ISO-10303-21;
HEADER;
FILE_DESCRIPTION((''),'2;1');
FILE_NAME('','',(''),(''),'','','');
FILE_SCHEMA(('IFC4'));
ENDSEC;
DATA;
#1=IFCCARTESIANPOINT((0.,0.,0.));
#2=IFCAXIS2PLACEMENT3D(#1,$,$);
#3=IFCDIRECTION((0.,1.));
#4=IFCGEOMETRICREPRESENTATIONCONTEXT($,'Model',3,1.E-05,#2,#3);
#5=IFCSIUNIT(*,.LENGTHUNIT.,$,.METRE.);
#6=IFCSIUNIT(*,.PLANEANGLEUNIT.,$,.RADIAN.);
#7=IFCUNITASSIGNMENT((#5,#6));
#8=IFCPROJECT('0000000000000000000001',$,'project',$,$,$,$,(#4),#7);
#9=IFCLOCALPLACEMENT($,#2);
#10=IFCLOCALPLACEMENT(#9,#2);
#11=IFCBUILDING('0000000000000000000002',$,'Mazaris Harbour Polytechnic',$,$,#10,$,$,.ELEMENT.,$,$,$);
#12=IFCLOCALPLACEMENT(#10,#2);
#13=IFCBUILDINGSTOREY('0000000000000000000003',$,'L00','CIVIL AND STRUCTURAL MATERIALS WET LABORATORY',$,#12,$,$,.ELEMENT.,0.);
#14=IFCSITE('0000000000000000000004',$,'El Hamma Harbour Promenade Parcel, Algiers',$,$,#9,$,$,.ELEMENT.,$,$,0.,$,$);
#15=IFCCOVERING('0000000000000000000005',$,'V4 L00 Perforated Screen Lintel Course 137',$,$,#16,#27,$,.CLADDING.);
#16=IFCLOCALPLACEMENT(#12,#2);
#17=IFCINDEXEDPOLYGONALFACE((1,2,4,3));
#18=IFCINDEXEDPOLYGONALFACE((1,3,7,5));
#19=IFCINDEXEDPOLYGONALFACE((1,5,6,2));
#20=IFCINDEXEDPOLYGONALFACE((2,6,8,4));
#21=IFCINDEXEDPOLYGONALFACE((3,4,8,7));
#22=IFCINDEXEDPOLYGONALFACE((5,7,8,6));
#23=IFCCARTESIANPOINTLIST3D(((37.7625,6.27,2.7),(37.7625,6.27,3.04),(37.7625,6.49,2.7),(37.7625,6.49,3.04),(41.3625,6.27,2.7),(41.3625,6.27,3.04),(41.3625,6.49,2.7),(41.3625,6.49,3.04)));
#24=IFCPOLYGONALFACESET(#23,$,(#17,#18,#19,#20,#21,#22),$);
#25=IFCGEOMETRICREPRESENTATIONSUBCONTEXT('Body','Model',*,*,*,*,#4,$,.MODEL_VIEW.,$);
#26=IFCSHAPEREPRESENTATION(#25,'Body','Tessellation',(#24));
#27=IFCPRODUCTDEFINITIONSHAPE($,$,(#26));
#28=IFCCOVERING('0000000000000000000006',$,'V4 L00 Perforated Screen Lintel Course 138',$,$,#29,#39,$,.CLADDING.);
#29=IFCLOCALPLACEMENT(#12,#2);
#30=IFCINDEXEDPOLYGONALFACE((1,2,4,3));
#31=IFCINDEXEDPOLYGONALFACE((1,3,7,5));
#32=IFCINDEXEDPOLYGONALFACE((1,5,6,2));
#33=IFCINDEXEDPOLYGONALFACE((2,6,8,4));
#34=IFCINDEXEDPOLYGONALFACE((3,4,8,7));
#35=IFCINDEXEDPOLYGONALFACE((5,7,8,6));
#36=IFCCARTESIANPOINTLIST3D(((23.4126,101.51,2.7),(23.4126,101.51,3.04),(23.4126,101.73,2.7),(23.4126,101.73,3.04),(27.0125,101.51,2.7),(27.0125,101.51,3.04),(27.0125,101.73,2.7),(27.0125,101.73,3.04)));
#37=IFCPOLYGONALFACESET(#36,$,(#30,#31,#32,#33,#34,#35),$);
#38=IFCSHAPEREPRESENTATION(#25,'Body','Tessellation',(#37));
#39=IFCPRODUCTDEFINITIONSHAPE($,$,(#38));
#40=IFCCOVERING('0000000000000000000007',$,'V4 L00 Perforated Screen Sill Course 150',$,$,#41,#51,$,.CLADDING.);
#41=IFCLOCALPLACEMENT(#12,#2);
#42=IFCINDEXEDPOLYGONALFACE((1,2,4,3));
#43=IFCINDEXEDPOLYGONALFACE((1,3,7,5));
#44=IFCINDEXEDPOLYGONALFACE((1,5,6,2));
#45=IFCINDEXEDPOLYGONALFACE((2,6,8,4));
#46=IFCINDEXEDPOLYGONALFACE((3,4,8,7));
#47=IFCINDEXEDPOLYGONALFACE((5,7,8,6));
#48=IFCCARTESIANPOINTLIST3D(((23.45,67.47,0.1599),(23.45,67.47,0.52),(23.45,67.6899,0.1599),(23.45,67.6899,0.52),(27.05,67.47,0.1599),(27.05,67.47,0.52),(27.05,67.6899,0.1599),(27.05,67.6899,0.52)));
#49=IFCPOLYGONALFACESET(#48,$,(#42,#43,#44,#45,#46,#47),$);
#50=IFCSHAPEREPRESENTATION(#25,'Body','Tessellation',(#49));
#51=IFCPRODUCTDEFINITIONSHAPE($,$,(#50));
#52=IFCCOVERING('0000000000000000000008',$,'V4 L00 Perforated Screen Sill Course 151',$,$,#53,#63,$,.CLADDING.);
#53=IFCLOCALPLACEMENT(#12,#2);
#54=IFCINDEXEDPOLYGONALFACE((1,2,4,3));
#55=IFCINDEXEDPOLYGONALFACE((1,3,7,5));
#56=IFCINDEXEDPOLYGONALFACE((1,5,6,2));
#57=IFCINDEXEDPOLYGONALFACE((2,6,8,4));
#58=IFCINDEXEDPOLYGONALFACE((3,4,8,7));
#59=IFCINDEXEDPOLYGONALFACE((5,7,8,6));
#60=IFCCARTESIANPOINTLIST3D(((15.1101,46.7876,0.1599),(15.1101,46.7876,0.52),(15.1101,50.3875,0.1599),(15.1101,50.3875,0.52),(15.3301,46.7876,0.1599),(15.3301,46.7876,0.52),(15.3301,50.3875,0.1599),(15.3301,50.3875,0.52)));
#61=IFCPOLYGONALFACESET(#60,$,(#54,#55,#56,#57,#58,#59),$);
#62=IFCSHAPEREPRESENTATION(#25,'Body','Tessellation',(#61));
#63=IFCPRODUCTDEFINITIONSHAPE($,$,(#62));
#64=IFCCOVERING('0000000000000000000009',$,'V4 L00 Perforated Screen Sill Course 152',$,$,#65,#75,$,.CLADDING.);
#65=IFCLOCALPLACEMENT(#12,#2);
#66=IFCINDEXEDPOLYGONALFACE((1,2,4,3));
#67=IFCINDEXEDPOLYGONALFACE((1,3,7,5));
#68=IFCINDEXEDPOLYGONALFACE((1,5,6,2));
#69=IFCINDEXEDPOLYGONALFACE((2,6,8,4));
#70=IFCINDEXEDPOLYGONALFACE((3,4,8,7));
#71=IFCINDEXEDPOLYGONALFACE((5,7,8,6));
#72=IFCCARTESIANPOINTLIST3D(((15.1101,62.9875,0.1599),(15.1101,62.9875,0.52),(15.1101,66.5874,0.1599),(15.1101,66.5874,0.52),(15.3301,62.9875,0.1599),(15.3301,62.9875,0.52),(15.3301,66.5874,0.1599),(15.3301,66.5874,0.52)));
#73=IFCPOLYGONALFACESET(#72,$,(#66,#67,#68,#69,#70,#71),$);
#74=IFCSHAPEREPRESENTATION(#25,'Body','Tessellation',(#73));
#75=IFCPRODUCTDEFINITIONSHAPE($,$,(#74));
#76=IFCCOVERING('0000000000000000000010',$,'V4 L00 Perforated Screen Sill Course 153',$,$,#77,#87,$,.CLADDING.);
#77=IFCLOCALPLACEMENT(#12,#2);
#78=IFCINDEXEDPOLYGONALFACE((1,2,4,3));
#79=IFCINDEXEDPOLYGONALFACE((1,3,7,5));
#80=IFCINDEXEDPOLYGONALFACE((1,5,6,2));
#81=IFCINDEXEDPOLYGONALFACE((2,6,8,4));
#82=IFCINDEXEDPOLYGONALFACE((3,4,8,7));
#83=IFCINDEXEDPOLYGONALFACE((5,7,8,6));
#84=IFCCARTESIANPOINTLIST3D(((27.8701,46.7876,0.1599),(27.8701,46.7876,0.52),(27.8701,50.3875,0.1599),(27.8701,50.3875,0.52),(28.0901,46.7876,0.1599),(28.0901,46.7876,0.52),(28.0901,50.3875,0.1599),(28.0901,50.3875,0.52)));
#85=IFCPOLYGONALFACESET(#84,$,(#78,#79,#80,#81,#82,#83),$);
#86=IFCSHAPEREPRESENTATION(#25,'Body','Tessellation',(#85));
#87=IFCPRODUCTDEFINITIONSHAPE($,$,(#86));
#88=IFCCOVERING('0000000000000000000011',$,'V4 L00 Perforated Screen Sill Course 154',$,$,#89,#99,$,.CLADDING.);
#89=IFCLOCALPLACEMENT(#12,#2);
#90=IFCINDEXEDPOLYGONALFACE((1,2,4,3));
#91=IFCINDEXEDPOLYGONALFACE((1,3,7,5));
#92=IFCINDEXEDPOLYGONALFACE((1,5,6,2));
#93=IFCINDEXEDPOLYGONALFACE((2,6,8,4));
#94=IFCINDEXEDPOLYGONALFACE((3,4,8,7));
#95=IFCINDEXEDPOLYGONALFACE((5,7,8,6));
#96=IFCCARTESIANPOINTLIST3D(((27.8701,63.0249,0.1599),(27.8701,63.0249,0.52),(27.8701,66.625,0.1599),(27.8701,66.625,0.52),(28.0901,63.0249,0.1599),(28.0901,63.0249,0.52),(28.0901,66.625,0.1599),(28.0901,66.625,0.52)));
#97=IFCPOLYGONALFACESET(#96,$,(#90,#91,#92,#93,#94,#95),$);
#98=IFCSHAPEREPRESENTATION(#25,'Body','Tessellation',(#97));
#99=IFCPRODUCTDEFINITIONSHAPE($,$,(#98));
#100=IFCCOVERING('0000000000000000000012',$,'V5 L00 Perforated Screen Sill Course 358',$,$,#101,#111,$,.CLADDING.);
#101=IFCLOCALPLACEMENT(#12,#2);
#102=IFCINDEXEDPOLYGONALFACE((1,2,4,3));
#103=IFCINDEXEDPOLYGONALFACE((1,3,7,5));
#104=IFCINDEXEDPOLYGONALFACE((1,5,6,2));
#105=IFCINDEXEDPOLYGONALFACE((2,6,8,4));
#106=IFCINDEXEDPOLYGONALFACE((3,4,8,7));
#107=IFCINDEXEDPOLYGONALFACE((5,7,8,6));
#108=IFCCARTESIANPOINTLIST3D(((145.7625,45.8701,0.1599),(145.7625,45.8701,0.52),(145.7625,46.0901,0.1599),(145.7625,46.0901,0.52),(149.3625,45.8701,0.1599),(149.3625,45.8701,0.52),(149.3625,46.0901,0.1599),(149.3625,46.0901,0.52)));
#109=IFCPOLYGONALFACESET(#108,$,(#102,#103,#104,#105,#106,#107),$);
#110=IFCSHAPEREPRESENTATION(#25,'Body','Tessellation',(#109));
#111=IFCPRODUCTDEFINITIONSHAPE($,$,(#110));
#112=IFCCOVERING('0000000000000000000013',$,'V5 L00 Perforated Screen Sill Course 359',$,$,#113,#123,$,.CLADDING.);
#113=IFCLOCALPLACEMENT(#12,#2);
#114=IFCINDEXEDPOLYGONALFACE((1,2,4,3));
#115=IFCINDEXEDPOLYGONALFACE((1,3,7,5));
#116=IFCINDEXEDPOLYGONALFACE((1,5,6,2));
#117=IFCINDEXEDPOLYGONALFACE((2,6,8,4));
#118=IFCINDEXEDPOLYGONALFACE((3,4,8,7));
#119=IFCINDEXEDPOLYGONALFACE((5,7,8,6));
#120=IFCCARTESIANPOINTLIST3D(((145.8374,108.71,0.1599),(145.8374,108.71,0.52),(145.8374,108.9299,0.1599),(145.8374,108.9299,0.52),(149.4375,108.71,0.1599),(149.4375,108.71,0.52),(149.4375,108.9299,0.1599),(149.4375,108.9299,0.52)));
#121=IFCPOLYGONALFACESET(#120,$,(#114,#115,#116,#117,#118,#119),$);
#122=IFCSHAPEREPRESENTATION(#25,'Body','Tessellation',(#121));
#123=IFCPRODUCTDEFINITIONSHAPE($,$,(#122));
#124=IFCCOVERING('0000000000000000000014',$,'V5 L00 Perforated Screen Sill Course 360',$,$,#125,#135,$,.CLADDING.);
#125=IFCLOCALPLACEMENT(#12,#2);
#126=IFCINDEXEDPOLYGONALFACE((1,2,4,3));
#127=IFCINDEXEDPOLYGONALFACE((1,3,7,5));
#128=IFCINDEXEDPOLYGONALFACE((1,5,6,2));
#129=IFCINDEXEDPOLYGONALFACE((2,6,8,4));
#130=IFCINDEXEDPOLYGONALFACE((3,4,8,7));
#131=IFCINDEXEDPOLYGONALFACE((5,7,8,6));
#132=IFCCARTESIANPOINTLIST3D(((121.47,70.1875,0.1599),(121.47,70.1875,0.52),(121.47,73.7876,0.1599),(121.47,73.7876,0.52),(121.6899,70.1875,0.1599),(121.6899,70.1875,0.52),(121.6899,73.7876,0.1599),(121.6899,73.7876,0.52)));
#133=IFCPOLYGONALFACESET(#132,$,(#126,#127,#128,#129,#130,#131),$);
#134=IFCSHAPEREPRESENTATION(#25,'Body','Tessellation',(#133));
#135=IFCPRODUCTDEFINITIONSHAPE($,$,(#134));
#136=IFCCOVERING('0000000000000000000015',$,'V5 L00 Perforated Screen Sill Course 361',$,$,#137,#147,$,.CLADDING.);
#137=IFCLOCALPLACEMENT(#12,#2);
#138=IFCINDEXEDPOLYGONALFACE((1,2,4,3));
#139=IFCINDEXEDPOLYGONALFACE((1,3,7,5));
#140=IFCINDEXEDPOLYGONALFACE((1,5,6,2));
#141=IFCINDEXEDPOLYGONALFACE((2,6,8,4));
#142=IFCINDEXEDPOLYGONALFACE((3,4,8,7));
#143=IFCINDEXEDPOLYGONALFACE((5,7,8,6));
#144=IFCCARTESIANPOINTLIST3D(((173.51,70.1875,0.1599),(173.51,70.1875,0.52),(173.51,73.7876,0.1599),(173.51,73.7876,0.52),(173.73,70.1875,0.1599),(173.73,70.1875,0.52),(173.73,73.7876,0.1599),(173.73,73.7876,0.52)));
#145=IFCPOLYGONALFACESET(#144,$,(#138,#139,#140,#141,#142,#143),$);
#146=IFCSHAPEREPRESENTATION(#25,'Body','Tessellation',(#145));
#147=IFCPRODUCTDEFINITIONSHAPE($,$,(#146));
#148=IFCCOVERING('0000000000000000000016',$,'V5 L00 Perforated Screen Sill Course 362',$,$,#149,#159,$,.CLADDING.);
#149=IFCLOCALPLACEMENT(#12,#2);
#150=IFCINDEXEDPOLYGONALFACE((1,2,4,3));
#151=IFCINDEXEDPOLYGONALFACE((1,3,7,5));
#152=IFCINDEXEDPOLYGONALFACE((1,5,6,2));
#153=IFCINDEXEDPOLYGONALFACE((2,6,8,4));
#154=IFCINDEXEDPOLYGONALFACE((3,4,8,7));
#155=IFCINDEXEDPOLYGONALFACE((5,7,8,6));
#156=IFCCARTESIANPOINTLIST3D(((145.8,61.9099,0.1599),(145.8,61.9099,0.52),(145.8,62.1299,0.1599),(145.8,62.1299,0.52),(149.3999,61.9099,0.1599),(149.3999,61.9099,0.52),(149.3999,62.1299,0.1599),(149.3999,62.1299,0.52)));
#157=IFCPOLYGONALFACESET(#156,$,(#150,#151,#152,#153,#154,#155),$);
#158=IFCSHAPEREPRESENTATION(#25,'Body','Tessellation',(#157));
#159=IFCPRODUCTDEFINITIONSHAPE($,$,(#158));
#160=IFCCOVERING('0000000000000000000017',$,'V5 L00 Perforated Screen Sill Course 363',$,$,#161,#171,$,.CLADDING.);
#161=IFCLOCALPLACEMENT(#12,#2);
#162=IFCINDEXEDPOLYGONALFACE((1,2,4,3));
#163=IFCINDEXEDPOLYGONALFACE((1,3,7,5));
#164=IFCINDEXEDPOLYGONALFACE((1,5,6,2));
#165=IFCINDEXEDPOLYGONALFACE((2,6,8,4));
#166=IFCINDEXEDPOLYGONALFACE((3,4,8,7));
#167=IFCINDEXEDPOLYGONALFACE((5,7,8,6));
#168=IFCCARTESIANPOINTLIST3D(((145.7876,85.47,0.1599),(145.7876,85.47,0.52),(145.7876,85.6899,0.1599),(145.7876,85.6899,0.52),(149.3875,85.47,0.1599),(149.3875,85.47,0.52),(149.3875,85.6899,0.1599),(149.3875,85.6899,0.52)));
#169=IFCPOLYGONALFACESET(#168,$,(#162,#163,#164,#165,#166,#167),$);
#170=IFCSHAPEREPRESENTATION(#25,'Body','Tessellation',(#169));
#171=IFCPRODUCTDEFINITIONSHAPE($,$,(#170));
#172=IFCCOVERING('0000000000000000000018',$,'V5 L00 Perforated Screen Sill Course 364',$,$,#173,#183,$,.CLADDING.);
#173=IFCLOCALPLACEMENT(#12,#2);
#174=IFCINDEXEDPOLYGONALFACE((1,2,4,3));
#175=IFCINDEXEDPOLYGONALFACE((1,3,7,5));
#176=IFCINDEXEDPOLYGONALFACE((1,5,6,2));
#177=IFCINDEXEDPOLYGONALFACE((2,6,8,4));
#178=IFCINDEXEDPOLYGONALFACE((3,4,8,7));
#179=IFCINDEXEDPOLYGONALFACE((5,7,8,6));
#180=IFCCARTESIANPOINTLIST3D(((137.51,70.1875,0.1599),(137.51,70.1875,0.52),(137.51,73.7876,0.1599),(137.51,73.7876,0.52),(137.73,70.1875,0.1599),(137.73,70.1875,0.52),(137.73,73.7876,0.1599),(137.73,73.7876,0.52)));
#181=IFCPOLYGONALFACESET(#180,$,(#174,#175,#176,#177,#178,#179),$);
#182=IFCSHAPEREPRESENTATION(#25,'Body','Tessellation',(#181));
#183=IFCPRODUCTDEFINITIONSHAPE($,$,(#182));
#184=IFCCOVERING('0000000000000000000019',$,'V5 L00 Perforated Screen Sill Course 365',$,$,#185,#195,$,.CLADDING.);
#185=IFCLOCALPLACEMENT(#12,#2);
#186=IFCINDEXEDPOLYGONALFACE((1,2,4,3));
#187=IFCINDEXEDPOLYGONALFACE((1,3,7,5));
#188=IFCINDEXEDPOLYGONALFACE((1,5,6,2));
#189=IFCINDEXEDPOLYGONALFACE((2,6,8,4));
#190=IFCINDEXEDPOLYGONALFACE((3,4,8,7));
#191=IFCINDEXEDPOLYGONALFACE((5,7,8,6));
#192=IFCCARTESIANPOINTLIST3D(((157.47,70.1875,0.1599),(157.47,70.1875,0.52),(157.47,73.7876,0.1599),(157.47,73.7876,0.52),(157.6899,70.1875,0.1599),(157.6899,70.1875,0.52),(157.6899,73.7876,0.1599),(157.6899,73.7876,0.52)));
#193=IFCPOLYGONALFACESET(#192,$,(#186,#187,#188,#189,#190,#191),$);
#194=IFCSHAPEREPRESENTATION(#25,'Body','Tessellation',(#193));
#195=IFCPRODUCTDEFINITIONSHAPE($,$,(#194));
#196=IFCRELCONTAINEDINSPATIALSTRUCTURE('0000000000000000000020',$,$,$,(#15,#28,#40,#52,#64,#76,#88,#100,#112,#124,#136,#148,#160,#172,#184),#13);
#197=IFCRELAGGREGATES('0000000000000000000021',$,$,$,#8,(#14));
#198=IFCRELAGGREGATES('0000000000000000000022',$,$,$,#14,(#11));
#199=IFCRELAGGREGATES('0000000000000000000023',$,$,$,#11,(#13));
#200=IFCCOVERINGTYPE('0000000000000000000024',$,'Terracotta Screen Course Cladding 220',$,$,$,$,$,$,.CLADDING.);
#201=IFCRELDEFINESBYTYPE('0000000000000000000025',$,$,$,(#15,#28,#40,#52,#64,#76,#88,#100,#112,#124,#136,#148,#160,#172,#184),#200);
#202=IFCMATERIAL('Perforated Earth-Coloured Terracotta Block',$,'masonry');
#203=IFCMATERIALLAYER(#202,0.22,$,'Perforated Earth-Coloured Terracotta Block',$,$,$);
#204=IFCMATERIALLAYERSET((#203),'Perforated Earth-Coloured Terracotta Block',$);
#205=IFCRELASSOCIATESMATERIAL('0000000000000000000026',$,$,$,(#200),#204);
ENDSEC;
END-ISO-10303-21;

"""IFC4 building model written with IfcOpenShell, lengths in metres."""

from ifc_helpers import new_model, si_unit, direction, frame, origin, place, context, subcontext, project, spatial, polyline, outline, extrude, material, layer, layer_set, type_object, element, save


model = new_model("IFC4")

# Units and contexts
model_context = context("Model", 3, precision=1e-05, world=origin(), true_north=direction((0.0, 1.0)))
body_context = subcontext(model_context, "Body", "Model", "MODEL_VIEW")
ifc_project = project(units=[si_unit("LENGTHUNIT", "METRE"), si_unit("PLANEANGLEUNIT", "RADIAN")], contexts=[model_context])

# Site, building, storey
site_placement = place(None, origin())
site = spatial("IfcSite", under=ifc_project, at=site_placement, Name="El Hamma Harbour Promenade Parcel, Algiers", CompositionType="ELEMENT", RefElevation=0.0)
building_placement = place(site_placement, origin())
building = spatial("IfcBuilding", under=site, at=building_placement, Name="Mazaris Harbour Polytechnic", CompositionType="ELEMENT")
storey_placement = place(building_placement, origin())
storey = spatial("IfcBuildingStorey", under=building, at=storey_placement, Name="L00", Description="CIVIL AND STRUCTURAL MATERIALS WET LABORATORY", CompositionType="ELEMENT", Elevation=0.0)

# Coverings
ifc_material_1 = material(Name="Perforated Earth-Coloured Terracotta Block", Category="masonry")
ifc_layer_1 = layer(ifc_material_1, 0.22, Name="Perforated Earth-Coloured Terracotta Block")
ifc_layer_set_1 = layer_set([ifc_layer_1], Name="Perforated Earth-Coloured Terracotta Block")
covering_type = type_object("IfcCoveringType", Name="Terracotta Screen Course Cladding 220", PredefinedType="CLADDING", material=ifc_layer_set_1)
covering_1_placement = place(storey_placement, frame((0.0, 0.0, 2.7)))
element("IfcCovering", 1, at=covering_1_placement, inside=storey, type_object=covering_type, Name="V4 L00 Perforated Screen Lintel Course 137", PredefinedType="CLADDING", context=body_context, shape_type="SweptSolid", body=[
    extrude(outline(polyline([(41.3625, 6.49), (37.7625, 6.49), (37.7625, 6.27), (41.3625, 6.27), (41.3625, 6.49)])), origin(), (0.0, 0.0, 1.0), 0.3401),
])
covering_2_placement = place(storey_placement, frame((0.0, 0.0, 2.7)))
element("IfcCovering", 2, at=covering_2_placement, inside=storey, type_object=covering_type, Name="V4 L00 Perforated Screen Lintel Course 138", PredefinedType="CLADDING", context=body_context, shape_type="SweptSolid", body=[
    extrude(outline(polyline([(23.4126, 101.51), (27.0125, 101.51), (27.0125, 101.73), (23.4126, 101.73), (23.4126, 101.51)])), origin(), (0.0, 0.0, 1.0), 0.3401),
])
covering_3_placement = place(storey_placement, frame((0.0, 0.0, 0.1599)))
element("IfcCovering", 3, at=covering_3_placement, inside=storey, type_object=covering_type, Name="V4 L00 Perforated Screen Sill Course 150", PredefinedType="CLADDING", context=body_context, shape_type="SweptSolid", body=[
    extrude(outline(polyline([(27.05, 67.6899), (23.45, 67.6899), (23.45, 67.47), (27.05, 67.47), (27.05, 67.6899)])), origin(), (0.0, 0.0, 1.0), 0.3601),
])
covering_4_placement = place(storey_placement, frame((0.0, 0.0, 0.1599)))
element("IfcCovering", 4, at=covering_4_placement, inside=storey, type_object=covering_type, Name="V4 L00 Perforated Screen Sill Course 151", PredefinedType="CLADDING", context=body_context, shape_type="SweptSolid", body=[
    extrude(outline(polyline([(15.1101, 46.7876), (15.1101, 50.3875), (15.3301, 50.3875), (15.3301, 46.7876), (15.1101, 46.7876)])), origin(), (0.0, 0.0, 1.0), 0.3601),
])
covering_5_placement = place(storey_placement, frame((0.0, 0.0, 0.1599)))
element("IfcCovering", 5, at=covering_5_placement, inside=storey, type_object=covering_type, Name="V4 L00 Perforated Screen Sill Course 152", PredefinedType="CLADDING", context=body_context, shape_type="SweptSolid", body=[
    extrude(outline(polyline([(15.1101, 62.9875), (15.1101, 66.5874), (15.3301, 66.5874), (15.3301, 62.9875), (15.1101, 62.9875)])), origin(), (0.0, 0.0, 1.0), 0.3601),
])
covering_6_placement = place(storey_placement, frame((0.0, 0.0, 0.1599)))
element("IfcCovering", 6, at=covering_6_placement, inside=storey, type_object=covering_type, Name="V4 L00 Perforated Screen Sill Course 153", PredefinedType="CLADDING", context=body_context, shape_type="SweptSolid", body=[
    extrude(outline(polyline([(28.0901, 50.3875), (28.0901, 46.7876), (27.8701, 46.7876), (27.8701, 50.3875), (28.0901, 50.3875)])), origin(), (0.0, 0.0, 1.0), 0.3601),
])
covering_7_placement = place(storey_placement, frame((0.0, 0.0, 0.1599)))
element("IfcCovering", 7, at=covering_7_placement, inside=storey, type_object=covering_type, Name="V4 L00 Perforated Screen Sill Course 154", PredefinedType="CLADDING", context=body_context, shape_type="SweptSolid", body=[
    extrude(outline(polyline([(28.0901, 66.625), (28.0901, 63.0249), (27.8701, 63.0249), (27.8701, 66.625), (28.0901, 66.625)])), origin(), (0.0, 0.0, 1.0), 0.3601),
])
covering_8_placement = place(storey_placement, frame((0.0, 0.0, 0.1599)))
element("IfcCovering", 8, at=covering_8_placement, inside=storey, type_object=covering_type, Name="V5 L00 Perforated Screen Sill Course 358", PredefinedType="CLADDING", context=body_context, shape_type="SweptSolid", body=[
    extrude(outline(polyline([(149.3625, 46.0901), (145.7625, 46.0901), (145.7625, 45.8701), (149.3625, 45.8701), (149.3625, 46.0901)])), origin(), (0.0, 0.0, 1.0), 0.3601),
])
covering_9_placement = place(storey_placement, frame((0.0, 0.0, 0.1599)))
element("IfcCovering", 9, at=covering_9_placement, inside=storey, type_object=covering_type, Name="V5 L00 Perforated Screen Sill Course 359", PredefinedType="CLADDING", context=body_context, shape_type="SweptSolid", body=[
    extrude(outline(polyline([(145.8374, 108.71), (149.4375, 108.71), (149.4375, 108.9299), (145.8374, 108.9299), (145.8374, 108.71)])), origin(), (0.0, 0.0, 1.0), 0.3601),
])
covering_10_placement = place(storey_placement, frame((0.0, 0.0, 0.1599)))
element("IfcCovering", 10, at=covering_10_placement, inside=storey, type_object=covering_type, Name="V5 L00 Perforated Screen Sill Course 360", PredefinedType="CLADDING", context=body_context, shape_type="SweptSolid", body=[
    extrude(outline(polyline([(121.6899, 70.1875), (121.6899, 73.7876), (121.47, 73.7876), (121.47, 70.1875), (121.6899, 70.1875)])), origin(), (0.0, 0.0, 1.0), 0.3601),
])
covering_11_placement = place(storey_placement, frame((0.0, 0.0, 0.1599)))
element("IfcCovering", 11, at=covering_11_placement, inside=storey, type_object=covering_type, Name="V5 L00 Perforated Screen Sill Course 361", PredefinedType="CLADDING", context=body_context, shape_type="SweptSolid", body=[
    extrude(outline(polyline([(173.51, 73.7876), (173.51, 70.1875), (173.73, 70.1875), (173.73, 73.7876), (173.51, 73.7876)])), origin(), (0.0, 0.0, 1.0), 0.3601),
])
covering_12_placement = place(storey_placement, frame((0.0, 0.0, 0.1599)))
element("IfcCovering", 12, at=covering_12_placement, inside=storey, type_object=covering_type, Name="V5 L00 Perforated Screen Sill Course 362", PredefinedType="CLADDING", context=body_context, shape_type="SweptSolid", body=[
    extrude(outline(polyline([(145.8, 61.9099), (149.3999, 61.9099), (149.3999, 62.1299), (145.8, 62.1299), (145.8, 61.9099)])), origin(), (0.0, 0.0, 1.0), 0.3601),
])
covering_13_placement = place(storey_placement, frame((0.0, 0.0, 0.1599)))
element("IfcCovering", 13, at=covering_13_placement, inside=storey, type_object=covering_type, Name="V5 L00 Perforated Screen Sill Course 363", PredefinedType="CLADDING", context=body_context, shape_type="SweptSolid", body=[
    extrude(outline(polyline([(149.3875, 85.6899), (145.7876, 85.6899), (145.7876, 85.47), (149.3875, 85.47), (149.3875, 85.6899)])), origin(), (0.0, 0.0, 1.0), 0.3601),
])
covering_14_placement = place(storey_placement, frame((0.0, 0.0, 0.1599)))
element("IfcCovering", 14, at=covering_14_placement, inside=storey, type_object=covering_type, Name="V5 L00 Perforated Screen Sill Course 364", PredefinedType="CLADDING", context=body_context, shape_type="SweptSolid", body=[
    extrude(outline(polyline([(137.51, 70.1875), (137.51, 73.7876), (137.73, 73.7876), (137.73, 70.1875), (137.51, 70.1875)])), origin(), (0.0, 0.0, 1.0), 0.3601),
])
covering_15_placement = place(storey_placement, frame((0.0, 0.0, 0.1599)))
element("IfcCovering", 15, at=covering_15_placement, inside=storey, type_object=covering_type, Name="V5 L00 Perforated Screen Sill Course 365", PredefinedType="CLADDING", context=body_context, shape_type="SweptSolid", body=[
    extrude(outline(polyline([(157.6899, 73.7876), (157.6899, 70.1875), (157.47, 70.1875), (157.47, 73.7876), (157.6899, 73.7876)])), origin(), (0.0, 0.0, 1.0), 0.3601),
])

save(model, "model.ifc")
